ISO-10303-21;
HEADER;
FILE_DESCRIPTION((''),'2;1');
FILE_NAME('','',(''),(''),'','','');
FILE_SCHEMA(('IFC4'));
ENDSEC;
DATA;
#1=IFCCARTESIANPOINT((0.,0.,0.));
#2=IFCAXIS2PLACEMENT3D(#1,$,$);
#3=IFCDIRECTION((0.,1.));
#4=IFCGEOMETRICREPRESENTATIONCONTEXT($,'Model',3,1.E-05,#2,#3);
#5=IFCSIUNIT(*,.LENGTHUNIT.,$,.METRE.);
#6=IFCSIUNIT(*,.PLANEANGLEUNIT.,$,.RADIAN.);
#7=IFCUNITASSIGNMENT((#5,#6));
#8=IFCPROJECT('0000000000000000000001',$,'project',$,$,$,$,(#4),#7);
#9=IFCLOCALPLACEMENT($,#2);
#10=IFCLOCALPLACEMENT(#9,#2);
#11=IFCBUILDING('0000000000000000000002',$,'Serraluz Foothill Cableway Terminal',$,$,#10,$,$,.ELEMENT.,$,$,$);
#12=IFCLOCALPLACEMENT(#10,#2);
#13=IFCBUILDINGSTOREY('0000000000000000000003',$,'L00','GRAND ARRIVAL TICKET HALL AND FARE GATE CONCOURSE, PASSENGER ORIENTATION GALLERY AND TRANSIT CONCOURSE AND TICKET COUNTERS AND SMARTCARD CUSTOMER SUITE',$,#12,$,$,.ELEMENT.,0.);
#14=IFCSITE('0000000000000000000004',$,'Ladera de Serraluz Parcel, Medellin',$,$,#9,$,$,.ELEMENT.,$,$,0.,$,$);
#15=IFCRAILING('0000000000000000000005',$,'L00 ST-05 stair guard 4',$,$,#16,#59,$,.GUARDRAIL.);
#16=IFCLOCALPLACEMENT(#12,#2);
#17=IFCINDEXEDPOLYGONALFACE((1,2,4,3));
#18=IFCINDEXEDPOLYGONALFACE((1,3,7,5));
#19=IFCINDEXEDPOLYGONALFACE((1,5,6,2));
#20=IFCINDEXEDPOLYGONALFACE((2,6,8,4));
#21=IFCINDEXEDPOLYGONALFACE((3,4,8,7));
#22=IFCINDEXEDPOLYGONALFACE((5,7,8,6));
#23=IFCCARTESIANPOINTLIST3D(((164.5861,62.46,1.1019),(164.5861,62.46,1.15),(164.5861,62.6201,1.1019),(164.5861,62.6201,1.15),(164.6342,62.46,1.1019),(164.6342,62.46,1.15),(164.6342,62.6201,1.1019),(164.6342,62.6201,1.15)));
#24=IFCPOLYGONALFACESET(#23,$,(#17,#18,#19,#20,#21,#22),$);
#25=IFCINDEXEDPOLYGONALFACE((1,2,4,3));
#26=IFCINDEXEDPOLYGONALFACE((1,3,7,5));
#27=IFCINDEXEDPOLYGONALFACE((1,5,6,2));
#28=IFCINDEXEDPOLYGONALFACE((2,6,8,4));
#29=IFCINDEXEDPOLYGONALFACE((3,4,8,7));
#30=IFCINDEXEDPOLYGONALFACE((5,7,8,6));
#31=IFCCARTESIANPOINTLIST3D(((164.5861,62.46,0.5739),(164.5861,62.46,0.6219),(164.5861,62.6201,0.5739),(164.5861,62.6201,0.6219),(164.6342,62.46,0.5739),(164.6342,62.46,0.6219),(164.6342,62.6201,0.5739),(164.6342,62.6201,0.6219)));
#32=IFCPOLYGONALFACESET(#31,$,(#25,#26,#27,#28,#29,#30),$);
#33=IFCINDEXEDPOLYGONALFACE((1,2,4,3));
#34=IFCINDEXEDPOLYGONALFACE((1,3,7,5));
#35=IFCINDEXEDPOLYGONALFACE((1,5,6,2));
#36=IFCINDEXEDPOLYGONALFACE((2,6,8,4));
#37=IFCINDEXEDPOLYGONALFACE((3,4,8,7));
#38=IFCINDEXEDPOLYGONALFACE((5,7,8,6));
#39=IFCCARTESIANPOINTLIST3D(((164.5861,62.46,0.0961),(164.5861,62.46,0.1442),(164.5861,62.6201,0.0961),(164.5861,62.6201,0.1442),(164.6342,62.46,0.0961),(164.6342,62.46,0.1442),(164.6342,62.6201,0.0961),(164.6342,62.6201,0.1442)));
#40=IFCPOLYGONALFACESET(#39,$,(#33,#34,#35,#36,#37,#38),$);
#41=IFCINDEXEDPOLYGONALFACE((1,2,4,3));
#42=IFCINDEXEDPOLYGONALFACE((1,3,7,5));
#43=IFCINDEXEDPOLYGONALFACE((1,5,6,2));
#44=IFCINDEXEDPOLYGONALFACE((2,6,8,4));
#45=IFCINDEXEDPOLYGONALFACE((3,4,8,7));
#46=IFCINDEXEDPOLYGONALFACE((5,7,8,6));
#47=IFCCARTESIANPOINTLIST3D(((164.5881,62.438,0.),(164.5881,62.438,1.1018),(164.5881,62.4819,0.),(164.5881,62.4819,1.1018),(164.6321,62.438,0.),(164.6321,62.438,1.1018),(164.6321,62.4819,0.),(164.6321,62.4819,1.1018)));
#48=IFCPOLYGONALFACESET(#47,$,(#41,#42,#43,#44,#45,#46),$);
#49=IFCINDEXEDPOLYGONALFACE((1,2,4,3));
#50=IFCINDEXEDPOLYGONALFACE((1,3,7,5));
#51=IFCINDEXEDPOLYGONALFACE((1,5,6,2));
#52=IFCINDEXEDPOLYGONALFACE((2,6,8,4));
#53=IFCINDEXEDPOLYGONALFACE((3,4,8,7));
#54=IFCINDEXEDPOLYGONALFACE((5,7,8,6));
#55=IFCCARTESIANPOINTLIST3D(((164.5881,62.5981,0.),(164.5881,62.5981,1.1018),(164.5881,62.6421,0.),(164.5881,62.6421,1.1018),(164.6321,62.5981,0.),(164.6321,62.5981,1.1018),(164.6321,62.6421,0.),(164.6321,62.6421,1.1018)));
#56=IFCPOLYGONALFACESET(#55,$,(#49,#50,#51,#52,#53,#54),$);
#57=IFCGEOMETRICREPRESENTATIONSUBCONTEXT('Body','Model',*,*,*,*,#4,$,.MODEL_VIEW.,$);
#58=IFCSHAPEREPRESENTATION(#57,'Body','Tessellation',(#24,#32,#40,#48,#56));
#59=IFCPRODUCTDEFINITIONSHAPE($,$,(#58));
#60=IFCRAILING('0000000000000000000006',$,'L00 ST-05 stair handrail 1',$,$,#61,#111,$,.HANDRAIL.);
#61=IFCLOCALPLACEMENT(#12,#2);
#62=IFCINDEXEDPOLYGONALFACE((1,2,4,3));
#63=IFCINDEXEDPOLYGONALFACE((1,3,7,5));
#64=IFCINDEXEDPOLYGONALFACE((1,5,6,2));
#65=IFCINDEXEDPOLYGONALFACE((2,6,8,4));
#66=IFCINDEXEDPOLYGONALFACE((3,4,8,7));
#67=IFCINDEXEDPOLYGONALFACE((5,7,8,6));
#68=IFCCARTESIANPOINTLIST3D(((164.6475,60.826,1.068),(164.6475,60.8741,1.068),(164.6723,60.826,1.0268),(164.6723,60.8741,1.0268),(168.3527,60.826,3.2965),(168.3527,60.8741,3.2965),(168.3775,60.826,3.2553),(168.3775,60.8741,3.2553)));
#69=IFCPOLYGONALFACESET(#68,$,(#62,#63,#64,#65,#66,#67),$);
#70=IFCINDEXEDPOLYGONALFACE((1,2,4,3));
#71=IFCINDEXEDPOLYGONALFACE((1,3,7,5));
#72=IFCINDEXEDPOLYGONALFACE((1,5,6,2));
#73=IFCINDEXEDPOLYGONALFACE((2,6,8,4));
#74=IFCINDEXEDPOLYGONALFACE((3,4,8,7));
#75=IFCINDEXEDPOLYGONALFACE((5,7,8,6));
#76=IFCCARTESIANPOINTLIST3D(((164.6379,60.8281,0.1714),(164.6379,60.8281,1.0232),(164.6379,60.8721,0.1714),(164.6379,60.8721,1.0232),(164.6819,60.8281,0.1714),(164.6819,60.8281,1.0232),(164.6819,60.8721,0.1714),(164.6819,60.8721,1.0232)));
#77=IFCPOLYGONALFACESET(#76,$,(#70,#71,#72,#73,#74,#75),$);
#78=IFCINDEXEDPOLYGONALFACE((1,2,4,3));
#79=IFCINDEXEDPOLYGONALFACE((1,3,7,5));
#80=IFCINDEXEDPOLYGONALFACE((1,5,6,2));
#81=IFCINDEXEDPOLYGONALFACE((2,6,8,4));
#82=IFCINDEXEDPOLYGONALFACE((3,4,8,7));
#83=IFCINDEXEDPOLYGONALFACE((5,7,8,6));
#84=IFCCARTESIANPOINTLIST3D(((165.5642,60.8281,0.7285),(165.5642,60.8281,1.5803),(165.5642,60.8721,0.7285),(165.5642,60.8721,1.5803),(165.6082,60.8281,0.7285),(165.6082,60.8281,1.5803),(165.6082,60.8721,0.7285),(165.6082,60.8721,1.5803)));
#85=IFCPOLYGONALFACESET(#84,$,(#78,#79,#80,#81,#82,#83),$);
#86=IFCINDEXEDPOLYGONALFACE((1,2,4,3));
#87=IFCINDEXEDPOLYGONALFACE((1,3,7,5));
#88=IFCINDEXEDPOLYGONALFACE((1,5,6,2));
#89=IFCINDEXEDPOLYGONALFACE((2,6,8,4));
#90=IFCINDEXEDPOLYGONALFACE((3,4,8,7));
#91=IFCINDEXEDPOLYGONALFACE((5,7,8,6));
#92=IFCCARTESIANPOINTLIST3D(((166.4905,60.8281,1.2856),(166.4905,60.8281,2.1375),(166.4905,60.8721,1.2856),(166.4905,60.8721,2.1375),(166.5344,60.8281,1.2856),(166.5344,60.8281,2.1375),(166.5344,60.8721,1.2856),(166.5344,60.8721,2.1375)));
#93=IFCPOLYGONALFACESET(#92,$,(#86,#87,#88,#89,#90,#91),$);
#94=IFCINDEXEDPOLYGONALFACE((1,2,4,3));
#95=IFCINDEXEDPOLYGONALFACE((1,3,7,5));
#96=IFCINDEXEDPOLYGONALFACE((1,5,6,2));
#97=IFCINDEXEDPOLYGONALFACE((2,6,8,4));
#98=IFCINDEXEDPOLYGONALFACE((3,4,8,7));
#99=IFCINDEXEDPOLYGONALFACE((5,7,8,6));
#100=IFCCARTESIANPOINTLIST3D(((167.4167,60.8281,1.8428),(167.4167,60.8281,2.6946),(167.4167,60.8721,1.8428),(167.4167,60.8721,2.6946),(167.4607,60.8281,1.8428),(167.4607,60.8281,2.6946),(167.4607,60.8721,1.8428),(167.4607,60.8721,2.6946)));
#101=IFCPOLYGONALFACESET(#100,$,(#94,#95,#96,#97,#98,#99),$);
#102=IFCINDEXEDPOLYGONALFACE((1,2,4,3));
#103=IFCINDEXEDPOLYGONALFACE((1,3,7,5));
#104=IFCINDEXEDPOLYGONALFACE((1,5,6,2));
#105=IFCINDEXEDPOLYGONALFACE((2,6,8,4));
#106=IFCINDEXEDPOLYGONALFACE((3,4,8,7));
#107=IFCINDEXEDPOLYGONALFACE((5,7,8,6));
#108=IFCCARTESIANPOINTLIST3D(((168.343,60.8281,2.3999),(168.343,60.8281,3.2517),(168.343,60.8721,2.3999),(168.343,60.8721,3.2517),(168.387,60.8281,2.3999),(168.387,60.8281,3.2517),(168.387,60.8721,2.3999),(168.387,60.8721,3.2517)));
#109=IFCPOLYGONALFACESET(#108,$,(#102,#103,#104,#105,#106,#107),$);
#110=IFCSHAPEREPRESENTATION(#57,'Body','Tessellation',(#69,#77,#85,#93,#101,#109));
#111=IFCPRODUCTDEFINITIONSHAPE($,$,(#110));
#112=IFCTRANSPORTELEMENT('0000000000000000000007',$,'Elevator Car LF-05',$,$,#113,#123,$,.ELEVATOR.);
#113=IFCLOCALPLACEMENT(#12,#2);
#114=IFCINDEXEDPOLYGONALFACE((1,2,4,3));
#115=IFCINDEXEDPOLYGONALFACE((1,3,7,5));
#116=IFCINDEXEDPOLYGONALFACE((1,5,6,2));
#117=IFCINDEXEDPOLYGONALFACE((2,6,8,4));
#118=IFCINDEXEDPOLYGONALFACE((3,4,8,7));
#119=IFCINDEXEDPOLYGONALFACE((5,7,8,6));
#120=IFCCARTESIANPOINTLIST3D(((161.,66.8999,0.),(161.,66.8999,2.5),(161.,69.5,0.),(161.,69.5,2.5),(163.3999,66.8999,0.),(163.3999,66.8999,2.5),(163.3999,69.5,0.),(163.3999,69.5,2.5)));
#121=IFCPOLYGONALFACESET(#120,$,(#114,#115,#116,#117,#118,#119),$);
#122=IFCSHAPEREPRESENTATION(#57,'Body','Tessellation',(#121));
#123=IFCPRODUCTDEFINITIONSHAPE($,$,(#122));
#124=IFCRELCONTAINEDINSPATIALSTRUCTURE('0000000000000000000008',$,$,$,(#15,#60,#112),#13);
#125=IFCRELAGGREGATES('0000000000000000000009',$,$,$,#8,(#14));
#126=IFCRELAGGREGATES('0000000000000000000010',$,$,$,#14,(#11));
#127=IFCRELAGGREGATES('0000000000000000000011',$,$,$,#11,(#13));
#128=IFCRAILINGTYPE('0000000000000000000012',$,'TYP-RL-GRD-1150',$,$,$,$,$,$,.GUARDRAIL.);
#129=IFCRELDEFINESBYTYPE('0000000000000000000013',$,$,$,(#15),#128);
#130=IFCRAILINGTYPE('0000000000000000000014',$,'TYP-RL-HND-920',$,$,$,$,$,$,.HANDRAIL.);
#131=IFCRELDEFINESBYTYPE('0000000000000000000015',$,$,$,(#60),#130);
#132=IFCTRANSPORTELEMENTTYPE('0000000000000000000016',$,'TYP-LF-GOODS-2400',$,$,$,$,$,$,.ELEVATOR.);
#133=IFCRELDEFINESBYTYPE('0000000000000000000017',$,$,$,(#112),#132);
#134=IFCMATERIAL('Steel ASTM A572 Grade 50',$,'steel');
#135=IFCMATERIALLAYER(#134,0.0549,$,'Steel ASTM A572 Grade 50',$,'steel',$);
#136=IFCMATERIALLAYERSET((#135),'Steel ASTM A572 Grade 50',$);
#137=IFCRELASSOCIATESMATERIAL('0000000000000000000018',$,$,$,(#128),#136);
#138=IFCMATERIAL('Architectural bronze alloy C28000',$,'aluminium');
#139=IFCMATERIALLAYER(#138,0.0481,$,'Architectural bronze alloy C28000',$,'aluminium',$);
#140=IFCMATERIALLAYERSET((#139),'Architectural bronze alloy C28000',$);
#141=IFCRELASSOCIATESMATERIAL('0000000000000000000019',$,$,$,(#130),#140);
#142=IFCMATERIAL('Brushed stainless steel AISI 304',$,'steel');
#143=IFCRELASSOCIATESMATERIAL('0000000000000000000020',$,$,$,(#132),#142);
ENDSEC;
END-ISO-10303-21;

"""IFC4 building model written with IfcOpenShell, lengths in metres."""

from ifc_helpers import new_model, si_unit, direction, frame, origin, origin_2d, place, context, subcontext, project, spatial, rectangle, extrude, material, layer, layer_set, type_object, element, save


model = new_model("IFC4")

# Units and contexts
model_context = context("Model", 3, precision=1e-05, world=origin(), true_north=direction((0.0, 1.0)))
body_context = subcontext(model_context, "Body", "Model", "MODEL_VIEW")
ifc_project = project(units=[si_unit("LENGTHUNIT", "METRE"), si_unit("PLANEANGLEUNIT", "RADIAN")], contexts=[model_context])

# Site, building, storey
site_placement = place(None, origin())
site = spatial("IfcSite", under=ifc_project, at=site_placement, Name="Ladera de Serraluz Parcel, Medellin", CompositionType="ELEMENT", RefElevation=0.0)
building_placement = place(site_placement, origin())
building = spatial("IfcBuilding", under=site, at=building_placement, Name="Serraluz Foothill Cableway Terminal", CompositionType="ELEMENT")
storey_placement = place(building_placement, origin())
storey = spatial("IfcBuildingStorey", under=building, at=storey_placement, Name="L00", Description="GRAND ARRIVAL TICKET HALL AND FARE GATE CONCOURSE, PASSENGER ORIENTATION GALLERY AND TRANSIT CONCOURSE AND TICKET COUNTERS AND SMARTCARD CUSTOMER SUITE", CompositionType="ELEMENT", Elevation=0.0)

# Railings
ifc_material_1 = material(Name="Steel ASTM A572 Grade 50", Category="steel")
ifc_layer_1 = layer(ifc_material_1, 0.0549, Name="Steel ASTM A572 Grade 50", Category="steel")
ifc_layer_set_1 = layer_set([ifc_layer_1], Name="Steel ASTM A572 Grade 50")
railing_type_1 = type_object("IfcRailingType", Name="TYP-RL-GRD-1150", PredefinedType="GUARDRAIL", material=ifc_layer_set_1)
railing_1_placement = place(storey_placement, frame((164.6101, 62.46, 0.0)))
element("IfcRailing", 1, at=railing_1_placement, inside=storey, type_object=railing_type_1, Name="L00 ST-05 stair guard 4", PredefinedType="GUARDRAIL", context=body_context, shape_type="SweptSolid", body=[
    extrude(rectangle(XDim=0.0481, YDim=0.0481, at=origin_2d()), frame((0.0, 0.0, 1.126), z_axis=(0.0, 1.0, 0.0), x_axis=(-1.0, 0.0, 0.0)), (0.0, 0.0, 1.0), 0.1602),
    extrude(rectangle(XDim=0.0481, YDim=0.0481, at=origin_2d()), frame((0.0, 0.0, 0.5979), z_axis=(0.0, 1.0, 0.0), x_axis=(-1.0, 0.0, 0.0)), (0.0, 0.0, 1.0), 0.1602),
    extrude(rectangle(XDim=0.0481, YDim=0.0481, at=origin_2d()), frame((0.0, 0.0, 0.1201), z_axis=(0.0, 1.0, 0.0), x_axis=(-1.0, 0.0, 0.0)), (0.0, 0.0, 1.0), 0.1602),
    extrude(rectangle(XDim=0.0439, YDim=0.0439, at=origin_2d()), origin(), (0.0, 0.0, 1.0), 1.1018),
    extrude(rectangle(XDim=0.0439, YDim=0.0439, at=origin_2d()), frame((0.0, 0.1602, 0.0)), (0.0, 0.0, 1.0), 1.1018),
])
ifc_material_2 = material(Name="Architectural bronze alloy C28000", Category="aluminium")
ifc_layer_2 = layer(ifc_material_2, 0.0481, Name="Architectural bronze alloy C28000", Category="aluminium")
ifc_layer_set_2 = layer_set([ifc_layer_2], Name="Architectural bronze alloy C28000")
railing_type_2 = type_object("IfcRailingType", Name="TYP-RL-HND-920", PredefinedType="HANDRAIL", material=ifc_layer_set_2)
railing_2_placement = place(storey_placement, frame((164.6599, 60.8501, 0.1714)))
element("IfcRailing", 2, at=railing_2_placement, inside=storey, type_object=railing_type_2, Name="L00 ST-05 stair handrail 1", PredefinedType="HANDRAIL", context=body_context, shape_type="SweptSolid", body=[
    extrude(rectangle(XDim=0.0481, YDim=0.0481, at=origin_2d()), frame((0.0, 0.0, 0.876), z_axis=(0.856934, 0.0, 0.515425), x_axis=(0.0, 1.0, 0.0)), (0.0, 0.0, 1.0), 4.3237),
    extrude(rectangle(XDim=0.0439, YDim=0.0439, at=origin_2d()), origin(), (0.0, 0.0, 1.0), 0.8518),
    extrude(rectangle(XDim=0.0439, YDim=0.0439, at=origin_2d()), frame((0.9263, 0.0, 0.5571)), (0.0, 0.0, 1.0), 0.8518),
    extrude(rectangle(XDim=0.0439, YDim=0.0439, at=origin_2d()), frame((1.8525, 0.0, 1.1143)), (0.0, 0.0, 1.0), 0.8518),
    extrude(rectangle(XDim=0.0439, YDim=0.0439, at=origin_2d()), frame((2.7788, 0.0, 1.6714)), (0.0, 0.0, 1.0), 0.8518),
    extrude(rectangle(XDim=0.0439, YDim=0.0439, at=origin_2d()), frame((3.7051, 0.0, 2.2285)), (0.0, 0.0, 1.0), 0.8518),
])

# Transport element
ifc_material_3 = material(Name="Brushed stainless steel AISI 304", Category="steel")
transport_element_type = type_object("IfcTransportElementType", Name="TYP-LF-GOODS-2400", PredefinedType="ELEVATOR", material=ifc_material_3)
transport_element_placement = place(storey_placement, frame((162.2, 68.2, 0.0), z_axis=(0.0, 0.0, 1.0), x_axis=(1.0, 0.0, 0.0)))
element("IfcTransportElement", 3, at=transport_element_placement, inside=storey, type_object=transport_element_type, Name="Elevator Car LF-05", PredefinedType="ELEVATOR", context=body_context, shape_type="SweptSolid", body=[
    extrude(rectangle(XDim=2.3999, YDim=2.6001, at=origin_2d()), origin(), (0.0, 0.0, 1.0), 2.5),
])

save(model, "model.ifc")
